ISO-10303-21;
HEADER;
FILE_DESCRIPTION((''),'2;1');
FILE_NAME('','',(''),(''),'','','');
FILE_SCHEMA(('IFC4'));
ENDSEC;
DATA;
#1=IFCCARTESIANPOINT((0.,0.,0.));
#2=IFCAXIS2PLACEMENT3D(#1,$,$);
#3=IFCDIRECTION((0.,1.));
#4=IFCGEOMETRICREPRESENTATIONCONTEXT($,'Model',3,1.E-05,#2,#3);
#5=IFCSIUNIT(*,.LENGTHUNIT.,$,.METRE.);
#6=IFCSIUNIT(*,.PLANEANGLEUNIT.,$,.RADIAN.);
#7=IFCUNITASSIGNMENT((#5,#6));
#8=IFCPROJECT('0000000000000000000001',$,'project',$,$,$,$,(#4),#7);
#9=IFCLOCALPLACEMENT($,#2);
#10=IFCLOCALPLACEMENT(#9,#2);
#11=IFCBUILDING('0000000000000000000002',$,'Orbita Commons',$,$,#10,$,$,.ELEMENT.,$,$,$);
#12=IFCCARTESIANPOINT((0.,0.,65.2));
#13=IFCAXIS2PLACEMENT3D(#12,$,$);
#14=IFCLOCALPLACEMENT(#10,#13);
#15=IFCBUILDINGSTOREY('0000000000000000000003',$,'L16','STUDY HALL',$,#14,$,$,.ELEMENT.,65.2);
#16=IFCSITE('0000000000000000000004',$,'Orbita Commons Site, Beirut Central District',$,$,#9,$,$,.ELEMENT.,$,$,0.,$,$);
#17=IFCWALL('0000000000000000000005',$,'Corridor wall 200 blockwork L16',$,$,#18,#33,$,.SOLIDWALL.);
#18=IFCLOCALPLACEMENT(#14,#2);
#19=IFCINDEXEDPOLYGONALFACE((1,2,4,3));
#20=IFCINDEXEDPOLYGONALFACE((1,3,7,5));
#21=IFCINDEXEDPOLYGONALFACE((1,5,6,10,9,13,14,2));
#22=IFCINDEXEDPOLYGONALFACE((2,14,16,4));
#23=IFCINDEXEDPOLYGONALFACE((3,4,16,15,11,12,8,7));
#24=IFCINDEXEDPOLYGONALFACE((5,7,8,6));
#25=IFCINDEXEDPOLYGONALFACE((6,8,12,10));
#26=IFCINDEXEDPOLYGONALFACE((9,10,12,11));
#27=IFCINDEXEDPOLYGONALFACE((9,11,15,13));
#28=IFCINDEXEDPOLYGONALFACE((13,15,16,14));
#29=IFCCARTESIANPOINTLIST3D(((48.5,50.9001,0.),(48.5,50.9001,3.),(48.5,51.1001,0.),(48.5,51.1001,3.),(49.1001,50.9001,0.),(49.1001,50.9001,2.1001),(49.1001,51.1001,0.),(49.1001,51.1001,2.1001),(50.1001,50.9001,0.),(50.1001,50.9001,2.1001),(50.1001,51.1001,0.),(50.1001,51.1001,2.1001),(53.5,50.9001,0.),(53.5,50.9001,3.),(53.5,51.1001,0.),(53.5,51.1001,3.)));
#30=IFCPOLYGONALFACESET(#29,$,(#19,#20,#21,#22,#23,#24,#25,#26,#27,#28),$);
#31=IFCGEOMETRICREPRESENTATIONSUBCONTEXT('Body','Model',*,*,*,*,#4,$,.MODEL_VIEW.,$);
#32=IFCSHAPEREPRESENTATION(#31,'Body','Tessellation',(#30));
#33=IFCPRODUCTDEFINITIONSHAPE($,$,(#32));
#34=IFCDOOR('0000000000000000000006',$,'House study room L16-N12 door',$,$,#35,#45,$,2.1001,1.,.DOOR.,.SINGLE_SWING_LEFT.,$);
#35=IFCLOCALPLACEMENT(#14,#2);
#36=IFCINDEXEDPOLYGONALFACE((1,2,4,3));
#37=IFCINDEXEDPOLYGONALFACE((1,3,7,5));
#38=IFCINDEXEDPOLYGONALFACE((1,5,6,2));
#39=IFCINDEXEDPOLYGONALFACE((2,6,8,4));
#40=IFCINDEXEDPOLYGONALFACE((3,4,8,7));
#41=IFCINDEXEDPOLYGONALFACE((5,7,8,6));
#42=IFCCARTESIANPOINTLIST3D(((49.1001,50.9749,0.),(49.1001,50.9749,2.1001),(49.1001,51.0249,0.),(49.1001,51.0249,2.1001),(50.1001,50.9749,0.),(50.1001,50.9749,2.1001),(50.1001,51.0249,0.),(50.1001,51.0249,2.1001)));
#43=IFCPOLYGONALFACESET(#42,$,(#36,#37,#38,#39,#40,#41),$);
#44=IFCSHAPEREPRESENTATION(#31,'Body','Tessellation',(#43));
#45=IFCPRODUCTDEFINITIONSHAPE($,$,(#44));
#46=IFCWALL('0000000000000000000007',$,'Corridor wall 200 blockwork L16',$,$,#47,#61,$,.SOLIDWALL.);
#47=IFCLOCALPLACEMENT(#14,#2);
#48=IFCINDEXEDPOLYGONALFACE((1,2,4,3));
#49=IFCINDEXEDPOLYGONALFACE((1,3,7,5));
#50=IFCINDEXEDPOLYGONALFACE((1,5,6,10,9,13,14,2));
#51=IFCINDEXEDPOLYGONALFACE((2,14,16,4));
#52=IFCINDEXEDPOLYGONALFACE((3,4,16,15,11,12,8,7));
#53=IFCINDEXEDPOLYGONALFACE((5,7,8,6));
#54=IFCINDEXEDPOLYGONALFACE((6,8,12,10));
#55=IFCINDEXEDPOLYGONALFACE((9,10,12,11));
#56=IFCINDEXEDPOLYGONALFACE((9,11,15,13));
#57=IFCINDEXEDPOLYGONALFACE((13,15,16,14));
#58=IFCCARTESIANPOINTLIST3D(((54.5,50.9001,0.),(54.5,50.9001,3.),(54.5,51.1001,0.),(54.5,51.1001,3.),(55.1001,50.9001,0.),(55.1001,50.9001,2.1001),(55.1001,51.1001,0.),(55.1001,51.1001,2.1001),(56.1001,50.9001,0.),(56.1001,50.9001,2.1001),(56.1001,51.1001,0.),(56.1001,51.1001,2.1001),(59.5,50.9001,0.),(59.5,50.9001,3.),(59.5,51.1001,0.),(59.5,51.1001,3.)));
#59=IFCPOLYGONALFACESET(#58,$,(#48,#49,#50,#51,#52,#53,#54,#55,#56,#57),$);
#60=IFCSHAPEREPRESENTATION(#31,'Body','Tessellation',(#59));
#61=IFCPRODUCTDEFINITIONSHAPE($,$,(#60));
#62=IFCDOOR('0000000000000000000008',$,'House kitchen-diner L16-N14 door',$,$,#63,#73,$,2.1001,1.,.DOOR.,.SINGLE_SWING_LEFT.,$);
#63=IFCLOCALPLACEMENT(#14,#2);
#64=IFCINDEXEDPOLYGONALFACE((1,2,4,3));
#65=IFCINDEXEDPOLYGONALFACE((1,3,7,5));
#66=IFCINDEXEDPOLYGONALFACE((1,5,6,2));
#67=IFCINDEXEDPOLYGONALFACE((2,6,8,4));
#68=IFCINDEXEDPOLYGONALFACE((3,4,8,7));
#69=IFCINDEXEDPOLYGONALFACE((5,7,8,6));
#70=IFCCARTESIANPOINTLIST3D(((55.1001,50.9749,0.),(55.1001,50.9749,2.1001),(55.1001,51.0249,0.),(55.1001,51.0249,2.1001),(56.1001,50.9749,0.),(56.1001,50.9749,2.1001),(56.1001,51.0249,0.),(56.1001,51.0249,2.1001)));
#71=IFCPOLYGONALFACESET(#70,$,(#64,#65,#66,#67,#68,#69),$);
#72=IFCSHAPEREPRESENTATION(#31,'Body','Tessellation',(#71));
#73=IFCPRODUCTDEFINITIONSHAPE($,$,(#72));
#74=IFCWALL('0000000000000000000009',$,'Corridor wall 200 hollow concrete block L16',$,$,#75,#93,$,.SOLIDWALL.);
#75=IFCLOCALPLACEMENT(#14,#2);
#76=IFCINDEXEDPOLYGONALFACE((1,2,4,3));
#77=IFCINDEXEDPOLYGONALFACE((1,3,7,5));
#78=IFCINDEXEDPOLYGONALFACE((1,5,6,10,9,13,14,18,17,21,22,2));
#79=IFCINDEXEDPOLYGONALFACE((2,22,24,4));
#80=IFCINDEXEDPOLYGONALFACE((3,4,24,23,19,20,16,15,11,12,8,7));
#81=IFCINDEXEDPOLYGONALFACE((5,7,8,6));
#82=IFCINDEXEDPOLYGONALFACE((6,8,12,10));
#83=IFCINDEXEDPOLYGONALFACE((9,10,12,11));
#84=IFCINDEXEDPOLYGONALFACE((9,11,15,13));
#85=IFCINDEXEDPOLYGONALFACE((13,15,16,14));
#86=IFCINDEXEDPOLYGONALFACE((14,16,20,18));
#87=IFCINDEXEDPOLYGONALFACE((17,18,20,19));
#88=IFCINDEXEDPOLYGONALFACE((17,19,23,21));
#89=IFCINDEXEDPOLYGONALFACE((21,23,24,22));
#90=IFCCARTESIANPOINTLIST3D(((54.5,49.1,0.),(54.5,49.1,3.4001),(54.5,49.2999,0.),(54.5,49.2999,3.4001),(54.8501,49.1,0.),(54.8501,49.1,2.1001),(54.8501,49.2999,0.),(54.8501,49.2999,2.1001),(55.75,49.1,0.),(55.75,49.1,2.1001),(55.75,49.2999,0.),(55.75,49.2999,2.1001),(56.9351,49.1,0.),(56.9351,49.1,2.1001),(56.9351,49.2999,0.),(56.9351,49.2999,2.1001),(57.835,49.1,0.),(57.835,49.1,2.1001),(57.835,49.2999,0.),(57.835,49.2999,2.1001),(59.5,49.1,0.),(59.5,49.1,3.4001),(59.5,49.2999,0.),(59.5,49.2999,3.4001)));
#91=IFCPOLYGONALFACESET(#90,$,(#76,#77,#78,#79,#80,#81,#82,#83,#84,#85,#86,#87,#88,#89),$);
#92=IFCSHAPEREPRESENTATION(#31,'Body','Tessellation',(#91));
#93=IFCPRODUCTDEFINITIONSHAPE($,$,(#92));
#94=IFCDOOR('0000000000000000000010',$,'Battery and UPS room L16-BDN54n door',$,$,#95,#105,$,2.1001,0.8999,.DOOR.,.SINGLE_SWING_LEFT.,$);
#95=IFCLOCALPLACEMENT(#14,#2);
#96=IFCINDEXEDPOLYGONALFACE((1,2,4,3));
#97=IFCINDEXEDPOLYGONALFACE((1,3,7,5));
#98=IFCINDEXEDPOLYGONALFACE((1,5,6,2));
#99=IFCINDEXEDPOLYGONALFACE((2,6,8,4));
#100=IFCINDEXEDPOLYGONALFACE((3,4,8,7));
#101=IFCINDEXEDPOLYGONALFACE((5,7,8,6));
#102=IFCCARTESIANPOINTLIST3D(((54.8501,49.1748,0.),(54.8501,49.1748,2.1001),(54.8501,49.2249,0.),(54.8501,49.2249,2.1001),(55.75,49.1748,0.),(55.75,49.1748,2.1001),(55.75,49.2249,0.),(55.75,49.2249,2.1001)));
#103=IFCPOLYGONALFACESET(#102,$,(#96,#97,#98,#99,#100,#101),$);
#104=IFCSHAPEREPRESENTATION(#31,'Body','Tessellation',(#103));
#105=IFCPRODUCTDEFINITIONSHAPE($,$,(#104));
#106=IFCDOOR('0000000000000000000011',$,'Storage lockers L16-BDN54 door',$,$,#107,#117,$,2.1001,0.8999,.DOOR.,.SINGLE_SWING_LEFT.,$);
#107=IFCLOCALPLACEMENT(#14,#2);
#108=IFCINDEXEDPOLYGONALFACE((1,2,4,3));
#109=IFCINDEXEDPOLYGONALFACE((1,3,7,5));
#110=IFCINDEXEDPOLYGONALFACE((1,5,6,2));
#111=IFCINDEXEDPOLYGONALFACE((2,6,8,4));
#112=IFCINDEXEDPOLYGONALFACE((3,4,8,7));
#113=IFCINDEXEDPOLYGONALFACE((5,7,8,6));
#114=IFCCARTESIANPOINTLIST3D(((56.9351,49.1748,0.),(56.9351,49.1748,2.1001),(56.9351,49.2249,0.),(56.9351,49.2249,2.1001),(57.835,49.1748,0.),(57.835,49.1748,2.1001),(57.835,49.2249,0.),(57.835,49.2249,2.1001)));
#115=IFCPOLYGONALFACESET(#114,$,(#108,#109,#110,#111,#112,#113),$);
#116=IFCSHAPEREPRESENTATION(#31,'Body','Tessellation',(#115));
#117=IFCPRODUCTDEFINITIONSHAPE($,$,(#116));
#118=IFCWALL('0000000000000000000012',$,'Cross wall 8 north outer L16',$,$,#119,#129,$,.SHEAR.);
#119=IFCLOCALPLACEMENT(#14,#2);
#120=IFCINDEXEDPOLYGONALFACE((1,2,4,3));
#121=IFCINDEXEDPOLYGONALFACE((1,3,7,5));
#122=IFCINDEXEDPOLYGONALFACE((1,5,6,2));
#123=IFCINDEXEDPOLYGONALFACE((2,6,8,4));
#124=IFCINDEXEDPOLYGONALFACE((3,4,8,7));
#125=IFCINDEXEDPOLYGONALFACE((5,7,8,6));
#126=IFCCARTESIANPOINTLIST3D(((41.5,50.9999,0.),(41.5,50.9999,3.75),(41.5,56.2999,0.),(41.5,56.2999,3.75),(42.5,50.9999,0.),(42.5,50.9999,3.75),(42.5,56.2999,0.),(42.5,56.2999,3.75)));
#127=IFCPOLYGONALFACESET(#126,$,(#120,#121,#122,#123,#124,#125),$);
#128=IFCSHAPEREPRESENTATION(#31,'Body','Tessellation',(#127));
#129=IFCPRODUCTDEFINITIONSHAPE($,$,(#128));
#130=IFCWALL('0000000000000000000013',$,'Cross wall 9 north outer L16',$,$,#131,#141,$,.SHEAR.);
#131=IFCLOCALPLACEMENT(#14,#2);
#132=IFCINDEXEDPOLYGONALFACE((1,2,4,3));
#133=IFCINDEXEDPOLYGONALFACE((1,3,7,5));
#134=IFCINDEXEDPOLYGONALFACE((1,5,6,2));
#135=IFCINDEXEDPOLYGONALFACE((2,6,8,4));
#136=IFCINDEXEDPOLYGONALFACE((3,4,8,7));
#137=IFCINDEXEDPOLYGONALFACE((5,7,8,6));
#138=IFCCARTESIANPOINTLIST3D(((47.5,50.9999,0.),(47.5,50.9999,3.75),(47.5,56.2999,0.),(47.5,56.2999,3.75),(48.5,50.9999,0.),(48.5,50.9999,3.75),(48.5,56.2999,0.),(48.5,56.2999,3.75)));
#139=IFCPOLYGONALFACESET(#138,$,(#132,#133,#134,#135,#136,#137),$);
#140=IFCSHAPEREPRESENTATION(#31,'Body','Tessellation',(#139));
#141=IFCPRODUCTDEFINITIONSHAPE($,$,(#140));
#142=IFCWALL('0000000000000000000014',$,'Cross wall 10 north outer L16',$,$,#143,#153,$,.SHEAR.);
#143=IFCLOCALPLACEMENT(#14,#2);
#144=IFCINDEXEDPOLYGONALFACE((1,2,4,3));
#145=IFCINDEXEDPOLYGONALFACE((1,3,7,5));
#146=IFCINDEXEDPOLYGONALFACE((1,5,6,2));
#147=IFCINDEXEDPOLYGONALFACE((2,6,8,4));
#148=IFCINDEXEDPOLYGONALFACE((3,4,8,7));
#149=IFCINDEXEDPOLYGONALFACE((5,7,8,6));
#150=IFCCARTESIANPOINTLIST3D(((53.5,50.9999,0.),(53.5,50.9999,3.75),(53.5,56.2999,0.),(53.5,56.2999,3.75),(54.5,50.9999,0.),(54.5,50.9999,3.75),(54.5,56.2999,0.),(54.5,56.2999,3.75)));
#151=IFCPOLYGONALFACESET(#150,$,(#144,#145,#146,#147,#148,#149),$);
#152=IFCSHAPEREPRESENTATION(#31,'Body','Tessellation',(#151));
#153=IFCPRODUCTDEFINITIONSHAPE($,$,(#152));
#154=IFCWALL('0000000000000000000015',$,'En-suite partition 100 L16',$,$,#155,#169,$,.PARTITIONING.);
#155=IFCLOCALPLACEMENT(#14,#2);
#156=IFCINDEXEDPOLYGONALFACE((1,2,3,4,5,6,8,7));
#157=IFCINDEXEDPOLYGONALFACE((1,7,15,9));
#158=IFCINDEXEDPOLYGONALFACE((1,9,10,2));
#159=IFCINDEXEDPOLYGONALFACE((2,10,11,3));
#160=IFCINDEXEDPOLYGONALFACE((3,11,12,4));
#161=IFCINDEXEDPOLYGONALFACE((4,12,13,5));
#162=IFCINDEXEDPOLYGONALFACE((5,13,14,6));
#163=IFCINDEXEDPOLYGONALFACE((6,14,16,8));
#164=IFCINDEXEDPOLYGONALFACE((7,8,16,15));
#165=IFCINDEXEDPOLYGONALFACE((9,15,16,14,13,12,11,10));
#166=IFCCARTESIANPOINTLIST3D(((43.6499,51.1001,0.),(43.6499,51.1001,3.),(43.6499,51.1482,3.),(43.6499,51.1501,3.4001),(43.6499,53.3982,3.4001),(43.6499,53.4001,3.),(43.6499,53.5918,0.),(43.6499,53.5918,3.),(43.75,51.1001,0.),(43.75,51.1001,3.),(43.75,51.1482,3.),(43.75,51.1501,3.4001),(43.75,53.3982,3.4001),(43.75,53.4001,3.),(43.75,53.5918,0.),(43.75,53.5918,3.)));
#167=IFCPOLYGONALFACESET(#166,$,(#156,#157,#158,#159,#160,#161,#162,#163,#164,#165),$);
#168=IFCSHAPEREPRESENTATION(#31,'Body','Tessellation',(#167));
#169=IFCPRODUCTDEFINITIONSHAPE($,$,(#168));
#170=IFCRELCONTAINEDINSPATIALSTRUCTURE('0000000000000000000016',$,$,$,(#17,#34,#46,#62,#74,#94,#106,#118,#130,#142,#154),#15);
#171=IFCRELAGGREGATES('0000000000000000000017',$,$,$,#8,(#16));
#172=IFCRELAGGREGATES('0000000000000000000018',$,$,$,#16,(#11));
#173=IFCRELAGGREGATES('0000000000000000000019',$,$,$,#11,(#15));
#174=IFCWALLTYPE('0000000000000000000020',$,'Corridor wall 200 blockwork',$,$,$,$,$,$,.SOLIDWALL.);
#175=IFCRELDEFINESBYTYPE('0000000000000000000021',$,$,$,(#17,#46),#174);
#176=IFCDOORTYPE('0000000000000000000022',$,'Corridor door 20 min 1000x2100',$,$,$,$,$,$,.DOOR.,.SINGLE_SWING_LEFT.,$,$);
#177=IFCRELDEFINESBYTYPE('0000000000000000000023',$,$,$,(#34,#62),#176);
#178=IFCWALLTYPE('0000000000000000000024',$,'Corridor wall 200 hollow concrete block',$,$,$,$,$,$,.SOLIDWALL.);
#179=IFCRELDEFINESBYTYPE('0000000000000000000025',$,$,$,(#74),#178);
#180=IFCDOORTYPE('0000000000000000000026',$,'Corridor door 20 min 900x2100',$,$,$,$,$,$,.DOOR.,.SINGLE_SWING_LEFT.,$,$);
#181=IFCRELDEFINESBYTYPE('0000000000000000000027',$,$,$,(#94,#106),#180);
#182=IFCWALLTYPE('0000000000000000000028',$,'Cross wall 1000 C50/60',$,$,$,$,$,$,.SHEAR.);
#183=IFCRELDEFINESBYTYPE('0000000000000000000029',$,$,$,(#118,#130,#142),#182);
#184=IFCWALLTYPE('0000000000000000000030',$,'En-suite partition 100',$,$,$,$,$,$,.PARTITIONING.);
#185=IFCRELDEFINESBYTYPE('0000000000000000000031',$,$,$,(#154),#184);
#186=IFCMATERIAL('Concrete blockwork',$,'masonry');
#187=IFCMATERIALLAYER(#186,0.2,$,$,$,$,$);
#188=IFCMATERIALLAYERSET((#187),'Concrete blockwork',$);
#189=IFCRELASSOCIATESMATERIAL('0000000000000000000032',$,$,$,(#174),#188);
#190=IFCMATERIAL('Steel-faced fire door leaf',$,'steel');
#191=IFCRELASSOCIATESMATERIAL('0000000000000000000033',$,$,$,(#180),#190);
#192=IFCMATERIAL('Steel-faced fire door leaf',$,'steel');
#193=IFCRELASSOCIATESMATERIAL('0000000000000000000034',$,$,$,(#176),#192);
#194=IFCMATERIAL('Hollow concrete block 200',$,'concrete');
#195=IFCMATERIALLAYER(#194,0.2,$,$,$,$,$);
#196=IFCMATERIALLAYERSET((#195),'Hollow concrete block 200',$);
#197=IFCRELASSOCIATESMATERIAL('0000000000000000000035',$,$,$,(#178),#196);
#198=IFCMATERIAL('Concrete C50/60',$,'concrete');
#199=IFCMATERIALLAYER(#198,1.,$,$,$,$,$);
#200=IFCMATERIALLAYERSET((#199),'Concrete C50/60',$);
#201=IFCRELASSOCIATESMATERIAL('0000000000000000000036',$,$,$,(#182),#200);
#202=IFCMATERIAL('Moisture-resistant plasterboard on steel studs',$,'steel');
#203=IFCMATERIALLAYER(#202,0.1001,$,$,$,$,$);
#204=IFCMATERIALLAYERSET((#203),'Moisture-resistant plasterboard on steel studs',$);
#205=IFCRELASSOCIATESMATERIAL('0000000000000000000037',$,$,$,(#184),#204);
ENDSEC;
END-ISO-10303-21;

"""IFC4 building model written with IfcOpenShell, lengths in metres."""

from ifc_helpers import new_model, si_unit, direction, frame, frame_2d, origin, place, context, subcontext, project, spatial, polyline, rectangle, outline, extrude, material, layer, layer_set, type_object, element, fill, save


model = new_model("IFC4")

# Units and contexts
model_context = context("Model", 3, precision=1e-05, world=origin(), true_north=direction((0.0, 1.0)))
body_context = subcontext(model_context, "Body", "Model", "MODEL_VIEW")
ifc_project = project(units=[si_unit("LENGTHUNIT", "METRE"), si_unit("PLANEANGLEUNIT", "RADIAN")], contexts=[model_context])

# Site, building, storey
site_placement = place(None, origin())
site = spatial("IfcSite", under=ifc_project, at=site_placement, Name="Orbita Commons Site, Beirut Central District", CompositionType="ELEMENT", RefElevation=0.0)
building_placement = place(site_placement, origin())
building = spatial("IfcBuilding", under=site, at=building_placement, Name="Orbita Commons", CompositionType="ELEMENT")
storey_placement = place(building_placement, frame((0.0, 0.0, 65.2)))
storey = spatial("IfcBuildingStorey", under=building, at=storey_placement, Name="L16", Description="STUDY HALL", CompositionType="ELEMENT", Elevation=65.2)

# Shared definitions
ifc_material_1 = material(Name="Concrete blockwork", Category="masonry")
ifc_layer_1 = layer(ifc_material_1, 0.2)
ifc_layer_set_1 = layer_set([ifc_layer_1], Name="Concrete blockwork")
wall_type_1 = type_object("IfcWallType", Name="Corridor wall 200 blockwork", PredefinedType="SOLIDWALL", material=ifc_layer_set_1)
ifc_material_2 = material(Name="Steel-faced fire door leaf", Category="steel")
door_type_1 = type_object("IfcDoorType", Name="Corridor door 20 min 900x2100", OperationType="SINGLE_SWING_LEFT", PredefinedType="DOOR", material=ifc_material_2)

# Walls, openings, doors
wall_1_placement = place(storey_placement, frame((48.5, 51.0, 0.0), z_axis=(0.0, 0.0, 1.0), x_axis=(1.0, 0.0, 0.0)))
wall_1 = element("IfcWall", 1, at=wall_1_placement, inside=storey, type_object=wall_type_1, Name="Corridor wall 200 blockwork L16", PredefinedType="SOLIDWALL", context=body_context, shape_type="SweptSolid", body=[
    extrude(outline(polyline([(0.0, 0.0), (5.0, 0.0), (5.0, 3.0), (0.0, 3.0), (0.0, 0.0)])), frame((0.0, 0.1001, 0.0), z_axis=(0.0, -1.0, 0.0), x_axis=(1.0, 0.0, 0.0)), (0.0, 0.0, 1.0), 0.2),
])
opening_1_placement = place(wall_1_placement, frame((0.6001, 0.0, 0.0)))
opening_1 = element("IfcOpeningElement", 2, at=opening_1_placement, cuts=wall_1, PredefinedType="OPENING", context=body_context, shape_type="SweptSolid", body=[
    extrude(rectangle(XDim=1.0, YDim=2.1001, at=frame_2d((0.5, 1.05))), frame((0.0, 0.1099, 0.0), z_axis=(0.0, -1.0, 0.0), x_axis=(1.0, 0.0, 0.0)), (0.0, 0.0, 1.0), 0.22),
])
ifc_material_3 = material(Name="Steel-faced fire door leaf", Category="steel")
door_type_2 = type_object("IfcDoorType", Name="Corridor door 20 min 1000x2100", OperationType="SINGLE_SWING_LEFT", PredefinedType="DOOR", material=ifc_material_3)
door_1_placement = place(opening_1_placement, origin())
door_1 = element("IfcDoor", 3, at=door_1_placement, inside=storey, type_object=door_type_2, Name="House study room L16-N12 door", OperationType="SINGLE_SWING_LEFT", OverallHeight=2.1001, OverallWidth=1.0, PredefinedType="DOOR", context=body_context, shape_type="SweptSolid", body=[
    extrude(rectangle(XDim=1.0, YDim=2.1001, at=frame_2d((0.5, 1.05))), frame((0.0, 0.0249, 0.0), z_axis=(0.0, -1.0, 0.0), x_axis=(1.0, 0.0, 0.0)), (0.0, 0.0, 1.0), 0.05),
])
fill(opening_1, door_1)
wall_2_placement = place(storey_placement, frame((54.5, 51.0, 0.0), z_axis=(0.0, 0.0, 1.0), x_axis=(1.0, 0.0, 0.0)))
wall_2 = element("IfcWall", 4, at=wall_2_placement, inside=storey, type_object=wall_type_1, Name="Corridor wall 200 blockwork L16", PredefinedType="SOLIDWALL", context=body_context, shape_type="SweptSolid", body=[
    extrude(outline(polyline([(0.0, 0.0), (5.0, 0.0), (5.0, 3.0), (0.0, 3.0), (0.0, 0.0)])), frame((0.0, 0.1001, 0.0), z_axis=(0.0, -1.0, 0.0), x_axis=(1.0, 0.0, 0.0)), (0.0, 0.0, 1.0), 0.2),
])
opening_2_placement = place(wall_2_placement, frame((0.6001, 0.0, 0.0)))
opening_2 = element("IfcOpeningElement", 5, at=opening_2_placement, cuts=wall_2, PredefinedType="OPENING", context=body_context, shape_type="SweptSolid", body=[
    extrude(rectangle(XDim=1.0, YDim=2.1001, at=frame_2d((0.5, 1.05))), frame((0.0, 0.1099, 0.0), z_axis=(0.0, -1.0, 0.0), x_axis=(1.0, 0.0, 0.0)), (0.0, 0.0, 1.0), 0.22),
])
door_2_placement = place(opening_2_placement, origin())
door_2 = element("IfcDoor", 6, at=door_2_placement, inside=storey, type_object=door_type_2, Name="House kitchen-diner L16-N14 door", OperationType="SINGLE_SWING_LEFT", OverallHeight=2.1001, OverallWidth=1.0, PredefinedType="DOOR", context=body_context, shape_type="SweptSolid", body=[
    extrude(rectangle(XDim=1.0, YDim=2.1001, at=frame_2d((0.5, 1.05))), frame((0.0, 0.0249, 0.0), z_axis=(0.0, -1.0, 0.0), x_axis=(1.0, 0.0, 0.0)), (0.0, 0.0, 1.0), 0.05),
])
fill(opening_2, door_2)

# Wall, openings, doors
ifc_material_4 = material(Name="Hollow concrete block 200", Category="concrete")
ifc_layer_2 = layer(ifc_material_4, 0.2)
ifc_layer_set_2 = layer_set([ifc_layer_2], Name="Hollow concrete block 200")
wall_type_2 = type_object("IfcWallType", Name="Corridor wall 200 hollow concrete block", PredefinedType="SOLIDWALL", material=ifc_layer_set_2)
wall_3_placement = place(storey_placement, frame((54.5, 49.2, 0.0), z_axis=(0.0, 0.0, 1.0), x_axis=(1.0, 0.0, 0.0)))
wall_3 = element("IfcWall", 7, at=wall_3_placement, inside=storey, type_object=wall_type_2, Name="Corridor wall 200 hollow concrete block L16", PredefinedType="SOLIDWALL", context=body_context, shape_type="SweptSolid", body=[
    extrude(rectangle(XDim=5.0, YDim=0.2, at=frame_2d((2.5, 0.0))), origin(), (0.0, 0.0, 1.0), 3.4001),
])
opening_3_placement = place(wall_3_placement, frame((0.3501, 0.0, 0.0)))
opening_3 = element("IfcOpeningElement", 8, at=opening_3_placement, cuts=wall_3, PredefinedType="OPENING", context=body_context, shape_type="SweptSolid", body=[
    extrude(rectangle(XDim=0.8999, YDim=2.1001, at=frame_2d((0.45, 1.05))), frame((0.0, 0.1099, 0.0), z_axis=(0.0, -1.0, 0.0), x_axis=(1.0, 0.0, 0.0)), (0.0, 0.0, 1.0), 0.22),
])
opening_4_placement = place(wall_3_placement, frame((2.4351, 0.0, 0.0)))
opening_4 = element("IfcOpeningElement", 9, at=opening_4_placement, cuts=wall_3, PredefinedType="OPENING", context=body_context, shape_type="SweptSolid", body=[
    extrude(rectangle(XDim=0.8999, YDim=2.1001, at=frame_2d((0.45, 1.05))), frame((0.0, 0.1099, 0.0), z_axis=(0.0, -1.0, 0.0), x_axis=(1.0, 0.0, 0.0)), (0.0, 0.0, 1.0), 0.22),
])
door_3_placement = place(opening_3_placement, origin())
door_3 = element("IfcDoor", 10, at=door_3_placement, inside=storey, type_object=door_type_1, Name="Battery and UPS room L16-BDN54n door", OperationType="SINGLE_SWING_LEFT", OverallHeight=2.1001, OverallWidth=0.8999, PredefinedType="DOOR", context=body_context, shape_type="SweptSolid", body=[
    extrude(rectangle(XDim=0.8999, YDim=2.1001, at=frame_2d((0.45, 1.05))), frame((0.0, 0.0249, 0.0), z_axis=(0.0, -1.0, 0.0), x_axis=(1.0, 0.0, 0.0)), (0.0, 0.0, 1.0), 0.05),
])
fill(opening_3, door_3)
door_4_placement = place(opening_4_placement, origin())
door_4 = element("IfcDoor", 11, at=door_4_placement, inside=storey, type_object=door_type_1, Name="Storage lockers L16-BDN54 door", OperationType="SINGLE_SWING_LEFT", OverallHeight=2.1001, OverallWidth=0.8999, PredefinedType="DOOR", context=body_context, shape_type="SweptSolid", body=[
    extrude(rectangle(XDim=0.8999, YDim=2.1001, at=frame_2d((0.45, 1.05))), frame((0.0, 0.0249, 0.0), z_axis=(0.0, -1.0, 0.0), x_axis=(1.0, 0.0, 0.0)), (0.0, 0.0, 1.0), 0.05),
])
fill(opening_4, door_4)

# Walls
ifc_material_5 = material(Name="Concrete C50/60", Category="concrete")
ifc_layer_3 = layer(ifc_material_5, 1.0)
ifc_layer_set_3 = layer_set([ifc_layer_3], Name="Concrete C50/60")
wall_type_3 = type_object("IfcWallType", Name="Cross wall 1000 C50/60", PredefinedType="SHEAR", material=ifc_layer_set_3)
for number, where, z_axis, x_axis, name in (
    (12, (42.0, 51.0, 0.0), (0.0, 0.0, 1.0), (0.0, 1.0, 0.0), "Cross wall 8 north outer L16"),
    (13, (48.0, 51.0, 0.0), (0.0, 0.0, 1.0), (0.0, 1.0, 0.0), "Cross wall 9 north outer L16"),
    (14, (54.0, 51.0, 0.0), (0.0, 0.0, 1.0), (0.0, 1.0, 0.0), "Cross wall 10 north outer L16"),
):
    element("IfcWall", number, at=place(storey_placement, frame(where, z_axis=z_axis, x_axis=x_axis)), inside=storey, type_object=wall_type_3, Name=name, PredefinedType="SHEAR", context=body_context, shape_type="SweptSolid", body=[
        extrude(rectangle(XDim=5.3, YDim=1.0, at=frame_2d((2.6499, 0.0))), origin(), (0.0, 0.0, 1.0), 3.75),
    ])
ifc_material_6 = material(Name="Moisture-resistant plasterboard on steel studs", Category="steel")
ifc_layer_4 = layer(ifc_material_6, 0.1001)
ifc_layer_set_4 = layer_set([ifc_layer_4], Name="Moisture-resistant plasterboard on steel studs")
wall_type_4 = type_object("IfcWallType", Name="En-suite partition 100", PredefinedType="PARTITIONING", material=ifc_layer_set_4)
for number, where, z_axis, x_axis, name in (
    (15, (43.7, 53.5918, 0.0), (0.0, 0.0, 1.0), (0.0, -1.0, 0.0), "En-suite partition 100 L16"),
):
    element("IfcWall", number, at=place(storey_placement, frame(where, z_axis=z_axis, x_axis=x_axis)), inside=storey, type_object=wall_type_4, Name=name, PredefinedType="PARTITIONING", context=body_context, shape_type="SweptSolid", body=[
        extrude(outline(polyline([(0.0, 0.0), (2.4917, 0.0), (2.4917, 3.0), (2.4436, 3.0), (2.4417, 3.4001), (0.1936, 3.4001), (0.1917, 3.0), (0.0, 3.0), (0.0, 0.0)])), frame((0.0, 0.05, 0.0), z_axis=(0.0, -1.0, 0.0), x_axis=(1.0, 0.0, 0.0)), (0.0, 0.0, 1.0), 0.1001),
    ])

save(model, "model.ifc")
